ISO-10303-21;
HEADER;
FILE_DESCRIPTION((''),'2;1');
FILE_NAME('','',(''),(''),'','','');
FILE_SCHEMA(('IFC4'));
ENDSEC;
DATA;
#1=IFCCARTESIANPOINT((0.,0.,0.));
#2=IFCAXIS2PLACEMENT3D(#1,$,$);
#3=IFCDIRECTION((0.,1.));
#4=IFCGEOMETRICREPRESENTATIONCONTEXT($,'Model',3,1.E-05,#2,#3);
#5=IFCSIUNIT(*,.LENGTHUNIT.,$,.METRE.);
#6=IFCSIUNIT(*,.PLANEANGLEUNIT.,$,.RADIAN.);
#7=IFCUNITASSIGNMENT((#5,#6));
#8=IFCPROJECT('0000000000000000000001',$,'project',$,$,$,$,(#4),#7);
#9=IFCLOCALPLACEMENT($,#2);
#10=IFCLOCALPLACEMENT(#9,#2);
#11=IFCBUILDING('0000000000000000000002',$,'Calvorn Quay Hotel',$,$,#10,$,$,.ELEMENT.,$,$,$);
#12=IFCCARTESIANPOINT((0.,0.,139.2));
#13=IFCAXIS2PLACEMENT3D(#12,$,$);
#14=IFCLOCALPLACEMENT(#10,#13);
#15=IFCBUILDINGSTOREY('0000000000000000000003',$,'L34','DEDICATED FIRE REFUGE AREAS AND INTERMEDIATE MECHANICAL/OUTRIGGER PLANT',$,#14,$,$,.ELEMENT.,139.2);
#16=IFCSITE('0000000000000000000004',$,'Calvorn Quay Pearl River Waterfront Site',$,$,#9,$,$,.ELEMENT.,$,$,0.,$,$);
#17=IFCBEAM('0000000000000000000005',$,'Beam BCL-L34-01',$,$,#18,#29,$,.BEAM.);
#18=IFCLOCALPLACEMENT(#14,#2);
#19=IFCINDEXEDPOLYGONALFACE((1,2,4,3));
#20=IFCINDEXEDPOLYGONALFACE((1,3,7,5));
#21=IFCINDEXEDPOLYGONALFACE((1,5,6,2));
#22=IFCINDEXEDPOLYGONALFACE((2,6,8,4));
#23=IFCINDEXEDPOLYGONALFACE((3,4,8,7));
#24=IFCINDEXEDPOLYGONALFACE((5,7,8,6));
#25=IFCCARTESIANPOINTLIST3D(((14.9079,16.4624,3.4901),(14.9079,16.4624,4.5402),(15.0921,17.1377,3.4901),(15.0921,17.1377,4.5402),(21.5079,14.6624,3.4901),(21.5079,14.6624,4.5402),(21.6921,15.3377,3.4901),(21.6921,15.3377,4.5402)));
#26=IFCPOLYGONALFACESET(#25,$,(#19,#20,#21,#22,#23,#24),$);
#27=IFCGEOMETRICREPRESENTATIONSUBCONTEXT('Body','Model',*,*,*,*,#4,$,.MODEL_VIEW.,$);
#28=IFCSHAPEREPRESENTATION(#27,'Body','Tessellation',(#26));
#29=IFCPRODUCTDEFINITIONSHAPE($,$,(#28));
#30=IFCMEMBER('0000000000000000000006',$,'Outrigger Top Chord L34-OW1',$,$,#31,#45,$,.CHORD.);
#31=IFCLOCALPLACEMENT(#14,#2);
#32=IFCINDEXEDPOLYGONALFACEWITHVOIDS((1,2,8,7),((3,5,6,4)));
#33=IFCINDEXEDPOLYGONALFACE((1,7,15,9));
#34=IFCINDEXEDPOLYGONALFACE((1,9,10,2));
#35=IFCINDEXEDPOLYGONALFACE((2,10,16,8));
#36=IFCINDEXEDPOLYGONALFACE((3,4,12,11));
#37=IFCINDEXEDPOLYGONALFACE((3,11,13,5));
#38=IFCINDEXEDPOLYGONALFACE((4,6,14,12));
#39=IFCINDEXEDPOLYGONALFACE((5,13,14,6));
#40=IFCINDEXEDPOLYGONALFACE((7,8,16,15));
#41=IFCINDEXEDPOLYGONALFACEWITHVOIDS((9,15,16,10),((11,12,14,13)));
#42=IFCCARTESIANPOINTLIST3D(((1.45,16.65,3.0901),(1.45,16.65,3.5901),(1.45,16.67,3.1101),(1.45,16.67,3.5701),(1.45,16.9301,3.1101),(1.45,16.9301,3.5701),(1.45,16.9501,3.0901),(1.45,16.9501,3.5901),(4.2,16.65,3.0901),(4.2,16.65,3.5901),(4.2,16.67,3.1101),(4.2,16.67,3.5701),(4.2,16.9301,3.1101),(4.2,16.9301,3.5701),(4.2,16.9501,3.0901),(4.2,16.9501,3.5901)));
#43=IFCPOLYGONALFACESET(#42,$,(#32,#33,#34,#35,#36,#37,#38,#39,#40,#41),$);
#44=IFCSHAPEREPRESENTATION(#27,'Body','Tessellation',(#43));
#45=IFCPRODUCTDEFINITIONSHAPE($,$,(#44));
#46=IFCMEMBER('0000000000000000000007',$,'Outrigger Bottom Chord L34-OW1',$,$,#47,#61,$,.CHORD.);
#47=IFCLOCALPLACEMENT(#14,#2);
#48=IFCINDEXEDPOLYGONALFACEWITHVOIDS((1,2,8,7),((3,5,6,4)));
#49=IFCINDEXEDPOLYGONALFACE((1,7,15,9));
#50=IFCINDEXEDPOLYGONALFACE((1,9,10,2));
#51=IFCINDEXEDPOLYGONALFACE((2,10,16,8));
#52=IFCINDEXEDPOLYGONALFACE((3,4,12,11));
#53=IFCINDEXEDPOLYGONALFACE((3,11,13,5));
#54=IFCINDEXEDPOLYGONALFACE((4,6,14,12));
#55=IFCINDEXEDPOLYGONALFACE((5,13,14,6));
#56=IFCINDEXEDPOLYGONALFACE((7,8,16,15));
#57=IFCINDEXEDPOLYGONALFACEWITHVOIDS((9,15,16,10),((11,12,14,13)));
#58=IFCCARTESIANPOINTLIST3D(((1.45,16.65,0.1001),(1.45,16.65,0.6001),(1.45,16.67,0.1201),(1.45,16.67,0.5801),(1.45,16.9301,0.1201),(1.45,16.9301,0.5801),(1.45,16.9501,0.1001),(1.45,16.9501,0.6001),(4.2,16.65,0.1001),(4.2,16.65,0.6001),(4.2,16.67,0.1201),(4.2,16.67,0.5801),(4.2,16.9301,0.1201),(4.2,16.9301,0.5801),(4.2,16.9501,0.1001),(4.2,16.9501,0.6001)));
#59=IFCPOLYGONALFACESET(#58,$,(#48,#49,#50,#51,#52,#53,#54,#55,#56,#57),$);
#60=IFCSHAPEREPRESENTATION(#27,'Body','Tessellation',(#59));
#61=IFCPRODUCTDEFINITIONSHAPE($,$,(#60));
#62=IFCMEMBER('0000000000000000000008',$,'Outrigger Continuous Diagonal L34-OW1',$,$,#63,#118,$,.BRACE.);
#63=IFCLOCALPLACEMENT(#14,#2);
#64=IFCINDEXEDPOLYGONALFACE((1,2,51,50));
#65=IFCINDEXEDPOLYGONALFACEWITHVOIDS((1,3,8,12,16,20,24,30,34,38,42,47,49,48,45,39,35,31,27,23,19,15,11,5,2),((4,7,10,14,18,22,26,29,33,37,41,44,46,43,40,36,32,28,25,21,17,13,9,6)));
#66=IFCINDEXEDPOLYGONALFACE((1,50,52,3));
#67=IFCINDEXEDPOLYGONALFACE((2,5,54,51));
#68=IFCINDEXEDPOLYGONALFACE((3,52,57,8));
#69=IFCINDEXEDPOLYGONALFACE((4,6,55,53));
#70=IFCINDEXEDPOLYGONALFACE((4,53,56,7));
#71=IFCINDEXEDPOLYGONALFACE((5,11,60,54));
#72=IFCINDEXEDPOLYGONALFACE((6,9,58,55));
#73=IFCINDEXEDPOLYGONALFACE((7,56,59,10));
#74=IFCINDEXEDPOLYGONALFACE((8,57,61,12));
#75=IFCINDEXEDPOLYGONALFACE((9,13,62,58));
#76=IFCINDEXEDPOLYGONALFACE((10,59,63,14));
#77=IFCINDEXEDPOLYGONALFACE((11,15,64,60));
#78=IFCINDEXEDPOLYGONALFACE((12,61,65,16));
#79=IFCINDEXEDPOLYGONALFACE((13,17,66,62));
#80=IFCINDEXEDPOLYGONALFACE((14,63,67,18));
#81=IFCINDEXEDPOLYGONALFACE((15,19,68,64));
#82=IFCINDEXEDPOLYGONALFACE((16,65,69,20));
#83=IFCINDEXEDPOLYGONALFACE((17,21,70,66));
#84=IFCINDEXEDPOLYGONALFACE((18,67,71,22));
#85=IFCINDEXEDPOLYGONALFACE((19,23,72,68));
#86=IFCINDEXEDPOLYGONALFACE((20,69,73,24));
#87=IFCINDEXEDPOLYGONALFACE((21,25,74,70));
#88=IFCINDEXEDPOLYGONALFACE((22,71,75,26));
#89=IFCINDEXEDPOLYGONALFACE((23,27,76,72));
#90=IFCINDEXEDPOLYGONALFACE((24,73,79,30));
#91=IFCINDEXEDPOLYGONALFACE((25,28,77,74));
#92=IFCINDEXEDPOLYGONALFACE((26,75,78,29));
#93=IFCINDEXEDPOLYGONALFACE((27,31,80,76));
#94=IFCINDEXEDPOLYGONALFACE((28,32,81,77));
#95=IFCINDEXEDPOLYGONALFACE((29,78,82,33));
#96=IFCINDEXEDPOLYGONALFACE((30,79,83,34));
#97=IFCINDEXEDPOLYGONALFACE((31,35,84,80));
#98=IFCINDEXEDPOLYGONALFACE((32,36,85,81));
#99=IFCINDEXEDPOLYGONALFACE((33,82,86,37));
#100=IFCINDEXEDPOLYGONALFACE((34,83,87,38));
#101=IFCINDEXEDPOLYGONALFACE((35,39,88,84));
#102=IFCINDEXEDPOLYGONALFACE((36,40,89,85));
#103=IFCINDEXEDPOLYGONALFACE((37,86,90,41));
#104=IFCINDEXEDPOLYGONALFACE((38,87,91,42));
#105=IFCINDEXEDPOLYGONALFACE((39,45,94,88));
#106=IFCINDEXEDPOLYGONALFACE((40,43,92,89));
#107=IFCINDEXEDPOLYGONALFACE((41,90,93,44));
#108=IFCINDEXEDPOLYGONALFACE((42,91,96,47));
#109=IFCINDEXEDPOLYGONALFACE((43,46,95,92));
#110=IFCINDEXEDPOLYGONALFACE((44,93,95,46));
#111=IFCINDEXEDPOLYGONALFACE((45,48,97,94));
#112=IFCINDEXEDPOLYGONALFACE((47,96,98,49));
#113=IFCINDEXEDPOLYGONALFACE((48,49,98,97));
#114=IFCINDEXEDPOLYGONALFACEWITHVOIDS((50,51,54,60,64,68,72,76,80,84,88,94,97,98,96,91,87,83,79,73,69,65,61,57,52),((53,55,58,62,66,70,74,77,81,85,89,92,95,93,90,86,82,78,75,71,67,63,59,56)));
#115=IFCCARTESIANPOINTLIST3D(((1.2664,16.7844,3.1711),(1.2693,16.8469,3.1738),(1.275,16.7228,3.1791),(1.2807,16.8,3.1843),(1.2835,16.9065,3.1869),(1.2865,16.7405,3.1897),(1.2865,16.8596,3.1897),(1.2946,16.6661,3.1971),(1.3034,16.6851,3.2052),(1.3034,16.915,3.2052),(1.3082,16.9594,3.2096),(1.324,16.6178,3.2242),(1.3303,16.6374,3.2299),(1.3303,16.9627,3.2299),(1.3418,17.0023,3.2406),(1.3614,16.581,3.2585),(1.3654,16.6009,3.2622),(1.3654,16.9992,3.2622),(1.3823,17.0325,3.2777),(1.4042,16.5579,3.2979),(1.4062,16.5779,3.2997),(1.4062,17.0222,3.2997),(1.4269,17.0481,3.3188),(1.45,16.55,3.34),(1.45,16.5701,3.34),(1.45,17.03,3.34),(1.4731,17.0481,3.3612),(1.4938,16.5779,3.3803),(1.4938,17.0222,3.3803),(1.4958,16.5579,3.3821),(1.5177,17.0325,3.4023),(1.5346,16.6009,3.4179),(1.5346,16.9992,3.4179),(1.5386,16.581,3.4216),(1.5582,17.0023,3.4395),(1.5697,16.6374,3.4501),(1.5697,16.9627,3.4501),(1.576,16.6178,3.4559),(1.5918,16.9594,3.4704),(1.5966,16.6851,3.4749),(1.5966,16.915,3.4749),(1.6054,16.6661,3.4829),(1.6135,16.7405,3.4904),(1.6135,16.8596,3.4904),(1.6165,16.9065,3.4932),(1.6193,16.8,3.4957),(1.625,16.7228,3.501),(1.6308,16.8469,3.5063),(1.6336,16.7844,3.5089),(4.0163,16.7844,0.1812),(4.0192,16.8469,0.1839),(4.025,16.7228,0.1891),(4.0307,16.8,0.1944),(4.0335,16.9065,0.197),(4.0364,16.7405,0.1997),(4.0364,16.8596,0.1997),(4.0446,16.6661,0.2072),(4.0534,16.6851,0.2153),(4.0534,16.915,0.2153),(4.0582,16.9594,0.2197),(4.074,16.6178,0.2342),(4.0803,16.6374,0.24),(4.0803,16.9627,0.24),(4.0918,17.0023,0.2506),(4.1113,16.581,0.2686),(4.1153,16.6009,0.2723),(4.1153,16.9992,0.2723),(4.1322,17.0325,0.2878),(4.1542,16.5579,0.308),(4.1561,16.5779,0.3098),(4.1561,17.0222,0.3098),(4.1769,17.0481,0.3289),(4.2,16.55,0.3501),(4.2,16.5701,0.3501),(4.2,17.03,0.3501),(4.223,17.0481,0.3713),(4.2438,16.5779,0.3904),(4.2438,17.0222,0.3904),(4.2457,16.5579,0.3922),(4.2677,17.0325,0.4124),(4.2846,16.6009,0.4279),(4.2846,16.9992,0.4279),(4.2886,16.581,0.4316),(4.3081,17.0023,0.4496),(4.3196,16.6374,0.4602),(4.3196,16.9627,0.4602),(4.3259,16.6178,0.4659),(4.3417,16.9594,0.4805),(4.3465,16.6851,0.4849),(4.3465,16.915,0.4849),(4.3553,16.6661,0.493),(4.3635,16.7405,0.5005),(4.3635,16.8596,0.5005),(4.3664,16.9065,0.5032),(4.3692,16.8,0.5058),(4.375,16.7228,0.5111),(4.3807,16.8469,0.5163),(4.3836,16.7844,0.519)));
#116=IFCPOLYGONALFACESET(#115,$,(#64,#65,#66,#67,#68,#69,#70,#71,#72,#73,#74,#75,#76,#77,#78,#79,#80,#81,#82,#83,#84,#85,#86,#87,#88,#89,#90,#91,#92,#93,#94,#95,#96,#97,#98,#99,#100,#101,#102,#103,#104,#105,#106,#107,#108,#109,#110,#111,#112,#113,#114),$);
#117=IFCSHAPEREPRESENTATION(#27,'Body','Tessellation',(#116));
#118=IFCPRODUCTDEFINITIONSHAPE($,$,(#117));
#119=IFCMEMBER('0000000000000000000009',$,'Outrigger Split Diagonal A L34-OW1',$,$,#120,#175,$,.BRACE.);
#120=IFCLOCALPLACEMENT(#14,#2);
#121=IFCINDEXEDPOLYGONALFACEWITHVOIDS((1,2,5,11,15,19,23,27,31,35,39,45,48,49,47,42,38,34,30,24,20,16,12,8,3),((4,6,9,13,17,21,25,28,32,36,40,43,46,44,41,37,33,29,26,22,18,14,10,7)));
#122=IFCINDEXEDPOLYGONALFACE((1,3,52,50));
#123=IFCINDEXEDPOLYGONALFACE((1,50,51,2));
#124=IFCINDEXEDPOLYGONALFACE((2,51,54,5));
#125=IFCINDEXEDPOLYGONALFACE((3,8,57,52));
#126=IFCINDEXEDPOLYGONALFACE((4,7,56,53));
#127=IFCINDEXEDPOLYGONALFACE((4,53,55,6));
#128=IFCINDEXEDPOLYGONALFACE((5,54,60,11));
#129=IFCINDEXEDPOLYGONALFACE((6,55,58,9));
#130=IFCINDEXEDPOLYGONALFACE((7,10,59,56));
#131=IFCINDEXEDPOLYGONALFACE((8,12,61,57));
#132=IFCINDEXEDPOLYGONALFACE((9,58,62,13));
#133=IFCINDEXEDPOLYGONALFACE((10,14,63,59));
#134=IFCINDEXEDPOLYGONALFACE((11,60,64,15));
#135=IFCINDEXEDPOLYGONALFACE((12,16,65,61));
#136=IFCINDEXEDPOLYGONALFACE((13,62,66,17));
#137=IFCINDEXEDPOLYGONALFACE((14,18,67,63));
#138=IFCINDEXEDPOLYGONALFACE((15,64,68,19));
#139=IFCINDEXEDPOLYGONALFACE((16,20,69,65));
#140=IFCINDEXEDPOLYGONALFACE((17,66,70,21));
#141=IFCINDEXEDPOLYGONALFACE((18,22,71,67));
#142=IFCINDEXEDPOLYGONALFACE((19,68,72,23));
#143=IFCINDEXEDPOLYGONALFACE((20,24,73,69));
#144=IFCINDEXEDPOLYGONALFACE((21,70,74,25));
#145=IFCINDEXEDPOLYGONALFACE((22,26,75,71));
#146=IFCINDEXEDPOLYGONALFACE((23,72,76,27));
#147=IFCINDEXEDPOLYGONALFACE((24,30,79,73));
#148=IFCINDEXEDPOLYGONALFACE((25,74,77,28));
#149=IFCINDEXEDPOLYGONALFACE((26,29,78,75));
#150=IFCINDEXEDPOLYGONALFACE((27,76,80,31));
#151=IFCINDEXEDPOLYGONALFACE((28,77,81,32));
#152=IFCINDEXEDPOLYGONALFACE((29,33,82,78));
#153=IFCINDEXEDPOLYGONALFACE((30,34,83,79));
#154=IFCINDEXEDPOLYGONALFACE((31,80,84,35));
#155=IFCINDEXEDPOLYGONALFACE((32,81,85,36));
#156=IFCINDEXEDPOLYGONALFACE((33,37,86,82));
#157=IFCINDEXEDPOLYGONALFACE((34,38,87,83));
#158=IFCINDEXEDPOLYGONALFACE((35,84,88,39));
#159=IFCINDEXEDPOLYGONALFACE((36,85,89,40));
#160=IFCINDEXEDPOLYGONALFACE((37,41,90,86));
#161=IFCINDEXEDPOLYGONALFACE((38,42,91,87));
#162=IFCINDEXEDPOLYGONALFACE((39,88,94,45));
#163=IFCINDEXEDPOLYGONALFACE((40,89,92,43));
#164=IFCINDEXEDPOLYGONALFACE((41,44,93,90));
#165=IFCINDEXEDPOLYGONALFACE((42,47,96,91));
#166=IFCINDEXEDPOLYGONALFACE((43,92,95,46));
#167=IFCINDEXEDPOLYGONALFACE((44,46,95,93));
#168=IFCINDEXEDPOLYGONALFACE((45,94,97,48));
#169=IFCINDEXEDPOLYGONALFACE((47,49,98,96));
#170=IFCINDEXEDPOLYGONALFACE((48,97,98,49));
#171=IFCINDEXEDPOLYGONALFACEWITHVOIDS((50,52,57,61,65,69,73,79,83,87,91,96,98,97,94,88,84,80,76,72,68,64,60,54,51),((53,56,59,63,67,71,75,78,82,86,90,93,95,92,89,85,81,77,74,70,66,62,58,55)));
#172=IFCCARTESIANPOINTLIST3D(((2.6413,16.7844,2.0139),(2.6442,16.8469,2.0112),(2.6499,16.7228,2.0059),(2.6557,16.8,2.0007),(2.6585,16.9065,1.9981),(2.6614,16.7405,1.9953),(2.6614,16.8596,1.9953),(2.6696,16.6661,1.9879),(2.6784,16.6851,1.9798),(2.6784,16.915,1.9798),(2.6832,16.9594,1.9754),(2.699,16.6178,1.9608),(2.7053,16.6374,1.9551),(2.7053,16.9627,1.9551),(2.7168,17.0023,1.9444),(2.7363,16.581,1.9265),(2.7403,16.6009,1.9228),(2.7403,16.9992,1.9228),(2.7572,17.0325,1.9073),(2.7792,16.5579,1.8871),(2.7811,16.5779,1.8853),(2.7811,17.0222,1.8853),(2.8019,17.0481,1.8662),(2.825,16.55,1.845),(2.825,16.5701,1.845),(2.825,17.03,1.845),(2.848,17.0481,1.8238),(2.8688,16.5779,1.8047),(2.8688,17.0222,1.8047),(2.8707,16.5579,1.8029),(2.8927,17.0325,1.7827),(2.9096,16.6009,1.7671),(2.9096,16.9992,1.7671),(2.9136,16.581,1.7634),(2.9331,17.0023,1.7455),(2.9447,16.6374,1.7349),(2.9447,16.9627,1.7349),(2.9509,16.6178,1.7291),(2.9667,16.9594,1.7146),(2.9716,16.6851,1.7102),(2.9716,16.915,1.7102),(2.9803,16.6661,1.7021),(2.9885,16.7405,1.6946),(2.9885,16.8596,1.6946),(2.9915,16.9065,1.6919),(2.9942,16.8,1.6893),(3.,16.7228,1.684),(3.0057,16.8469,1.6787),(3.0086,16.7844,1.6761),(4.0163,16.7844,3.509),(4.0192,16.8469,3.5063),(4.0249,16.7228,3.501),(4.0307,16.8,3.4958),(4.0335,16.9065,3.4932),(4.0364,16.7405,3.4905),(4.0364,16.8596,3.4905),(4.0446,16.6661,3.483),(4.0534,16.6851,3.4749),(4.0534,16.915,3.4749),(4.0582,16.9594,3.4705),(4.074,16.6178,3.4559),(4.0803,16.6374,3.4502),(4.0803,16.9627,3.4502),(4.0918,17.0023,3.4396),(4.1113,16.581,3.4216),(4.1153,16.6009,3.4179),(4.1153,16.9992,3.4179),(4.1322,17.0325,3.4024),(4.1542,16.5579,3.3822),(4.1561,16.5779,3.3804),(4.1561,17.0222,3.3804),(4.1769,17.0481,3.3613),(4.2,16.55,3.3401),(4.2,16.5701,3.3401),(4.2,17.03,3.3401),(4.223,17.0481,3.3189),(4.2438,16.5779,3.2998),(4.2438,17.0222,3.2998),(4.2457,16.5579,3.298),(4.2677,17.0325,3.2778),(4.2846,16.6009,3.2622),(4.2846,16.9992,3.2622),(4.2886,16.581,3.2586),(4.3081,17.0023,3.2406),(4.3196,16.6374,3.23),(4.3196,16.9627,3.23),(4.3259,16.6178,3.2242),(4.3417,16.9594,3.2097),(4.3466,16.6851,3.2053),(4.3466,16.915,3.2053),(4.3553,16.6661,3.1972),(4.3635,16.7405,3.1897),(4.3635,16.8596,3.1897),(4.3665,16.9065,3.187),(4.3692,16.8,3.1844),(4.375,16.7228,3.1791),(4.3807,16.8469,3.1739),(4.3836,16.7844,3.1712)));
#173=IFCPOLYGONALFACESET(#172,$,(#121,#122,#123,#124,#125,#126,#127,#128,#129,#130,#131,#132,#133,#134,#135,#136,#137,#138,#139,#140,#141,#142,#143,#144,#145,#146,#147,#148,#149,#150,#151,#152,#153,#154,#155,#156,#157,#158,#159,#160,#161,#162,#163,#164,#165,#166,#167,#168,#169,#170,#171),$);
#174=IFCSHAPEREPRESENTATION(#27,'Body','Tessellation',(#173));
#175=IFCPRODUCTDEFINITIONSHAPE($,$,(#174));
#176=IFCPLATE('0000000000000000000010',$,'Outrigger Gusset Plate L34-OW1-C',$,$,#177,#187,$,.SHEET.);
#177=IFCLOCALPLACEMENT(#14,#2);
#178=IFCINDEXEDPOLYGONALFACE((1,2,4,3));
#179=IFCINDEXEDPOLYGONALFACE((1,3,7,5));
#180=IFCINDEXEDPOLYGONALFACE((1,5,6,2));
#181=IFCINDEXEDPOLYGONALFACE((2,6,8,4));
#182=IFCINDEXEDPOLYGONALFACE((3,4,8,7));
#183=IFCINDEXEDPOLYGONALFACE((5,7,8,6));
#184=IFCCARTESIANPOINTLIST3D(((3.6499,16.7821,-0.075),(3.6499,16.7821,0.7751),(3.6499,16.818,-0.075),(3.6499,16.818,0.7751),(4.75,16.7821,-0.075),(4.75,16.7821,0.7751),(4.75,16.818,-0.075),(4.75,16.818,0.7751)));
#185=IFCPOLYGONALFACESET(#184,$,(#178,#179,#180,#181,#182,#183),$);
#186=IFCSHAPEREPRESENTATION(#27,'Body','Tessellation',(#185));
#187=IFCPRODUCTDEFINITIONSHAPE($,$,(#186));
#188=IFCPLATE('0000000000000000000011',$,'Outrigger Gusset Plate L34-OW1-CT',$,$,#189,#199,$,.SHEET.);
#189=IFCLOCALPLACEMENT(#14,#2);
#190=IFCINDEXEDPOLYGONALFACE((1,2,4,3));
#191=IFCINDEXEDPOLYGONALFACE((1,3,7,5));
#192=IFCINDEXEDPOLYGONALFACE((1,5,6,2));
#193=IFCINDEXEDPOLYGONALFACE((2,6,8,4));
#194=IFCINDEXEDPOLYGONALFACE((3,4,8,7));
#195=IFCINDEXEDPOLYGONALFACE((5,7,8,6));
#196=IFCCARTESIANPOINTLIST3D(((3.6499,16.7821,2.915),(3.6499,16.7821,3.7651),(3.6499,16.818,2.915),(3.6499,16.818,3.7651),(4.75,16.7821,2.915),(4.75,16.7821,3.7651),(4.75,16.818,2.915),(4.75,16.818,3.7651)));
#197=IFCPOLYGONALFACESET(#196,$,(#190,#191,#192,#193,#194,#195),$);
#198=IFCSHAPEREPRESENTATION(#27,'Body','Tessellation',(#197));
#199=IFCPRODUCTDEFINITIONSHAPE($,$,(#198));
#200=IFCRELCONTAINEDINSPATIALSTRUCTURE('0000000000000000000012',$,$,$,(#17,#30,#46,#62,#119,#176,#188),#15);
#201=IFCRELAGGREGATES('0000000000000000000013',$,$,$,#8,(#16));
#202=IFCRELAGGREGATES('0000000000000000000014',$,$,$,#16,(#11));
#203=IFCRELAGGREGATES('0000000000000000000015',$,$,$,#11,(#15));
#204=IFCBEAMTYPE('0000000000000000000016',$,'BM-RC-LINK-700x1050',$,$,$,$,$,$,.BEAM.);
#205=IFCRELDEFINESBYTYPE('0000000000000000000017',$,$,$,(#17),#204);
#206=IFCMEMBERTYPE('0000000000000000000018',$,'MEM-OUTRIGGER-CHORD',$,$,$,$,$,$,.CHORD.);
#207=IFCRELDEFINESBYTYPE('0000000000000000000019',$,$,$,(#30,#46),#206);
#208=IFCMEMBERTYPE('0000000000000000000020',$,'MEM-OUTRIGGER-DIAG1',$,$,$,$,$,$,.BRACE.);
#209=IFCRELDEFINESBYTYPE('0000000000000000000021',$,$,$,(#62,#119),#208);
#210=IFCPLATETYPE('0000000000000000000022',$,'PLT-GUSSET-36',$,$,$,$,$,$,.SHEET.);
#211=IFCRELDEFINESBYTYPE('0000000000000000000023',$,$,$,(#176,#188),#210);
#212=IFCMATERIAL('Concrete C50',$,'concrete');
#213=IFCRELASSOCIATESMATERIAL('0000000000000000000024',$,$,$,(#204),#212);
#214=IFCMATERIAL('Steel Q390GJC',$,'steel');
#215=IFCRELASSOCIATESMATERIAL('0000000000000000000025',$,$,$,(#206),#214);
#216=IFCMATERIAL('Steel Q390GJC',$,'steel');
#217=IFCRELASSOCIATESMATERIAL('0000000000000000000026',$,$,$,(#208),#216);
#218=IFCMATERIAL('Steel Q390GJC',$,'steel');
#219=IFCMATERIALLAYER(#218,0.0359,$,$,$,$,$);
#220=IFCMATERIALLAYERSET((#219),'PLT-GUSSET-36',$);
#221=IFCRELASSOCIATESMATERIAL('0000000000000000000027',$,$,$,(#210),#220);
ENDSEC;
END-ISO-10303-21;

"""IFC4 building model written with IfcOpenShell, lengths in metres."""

from ifc_helpers import new_model, si_unit, direction, frame, origin, origin_2d, place, context, subcontext, project, spatial, rectangle, hollow_rectangle, hollow_circle, extrude, material, layer, layer_set, material_profile, profile_set, type_object, element, save


model = new_model("IFC4")

# Units and contexts
model_context = context("Model", 3, precision=1e-05, world=origin(), true_north=direction((0.0, 1.0)))
body_context = subcontext(model_context, "Body", "Model", "MODEL_VIEW")
ifc_project = project(units=[si_unit("LENGTHUNIT", "METRE"), si_unit("PLANEANGLEUNIT", "RADIAN")], contexts=[model_context])

# Site, building, storey
site_placement = place(None, origin())
site = spatial("IfcSite", under=ifc_project, at=site_placement, Name="Calvorn Quay Pearl River Waterfront Site", CompositionType="ELEMENT", RefElevation=0.0)
building_placement = place(site_placement, origin())
building = spatial("IfcBuilding", under=site, at=building_placement, Name="Calvorn Quay Hotel", CompositionType="ELEMENT")
storey_placement = place(building_placement, frame((0.0, 0.0, 139.2)))
storey = spatial("IfcBuildingStorey", under=building, at=storey_placement, Name="L34", Description="DEDICATED FIRE REFUGE AREAS AND INTERMEDIATE MECHANICAL/OUTRIGGER PLANT", CompositionType="ELEMENT", Elevation=139.2)

# Beam
ifc_material_1 = material(Name="Concrete C50", Category="concrete")
ifc_material_profile_1 = material_profile(ifc_material_1, rectangle(XDim=0.7, YDim=1.05, at=origin_2d()), Name="RCB700x1050")
ifc_profile_set_1 = profile_set([ifc_material_profile_1], Name="Concrete C50")
beam_type = type_object("IfcBeamType", Name="BM-RC-LINK-700x1050", PredefinedType="BEAM", material=ifc_profile_set_1)
beam_placement = place(storey_placement, frame((15.0, 16.8, 4.0151), z_axis=(0.964763, -0.26312, 0.0), x_axis=(0.26312, 0.964763, 0.0)))
element("IfcBeam", 1, at=beam_placement, inside=storey, type_object=beam_type, Name="Beam BCL-L34-01", PredefinedType="BEAM", context=body_context, shape_type="SweptSolid", body=[
    extrude(rectangle(XDim=0.7, YDim=1.05, at=origin_2d()), origin(), (0.0, 0.0, 1.0), 6.8411),
])

# Members
ifc_material_2 = material(Name="Steel Q390GJC", Category="steel")
ifc_material_profile_2 = material_profile(ifc_material_2, hollow_rectangle(XDim=0.3, YDim=0.5, WallThickness=0.02, at=origin_2d()), Name="RHS500x300x20")
ifc_profile_set_2 = profile_set([ifc_material_profile_2], Name="Steel Q390GJC")
member_type_1 = type_object("IfcMemberType", Name="MEM-OUTRIGGER-CHORD", PredefinedType="CHORD", material=ifc_profile_set_2)
for number, where, z_axis, x_axis, name in (
    (2, (4.2, 16.8, 3.3401), (-1.0, 0.0, 0.0), (0.0, -1.0, 0.0), "Outrigger Top Chord L34-OW1"),
    (3, (4.2, 16.8, 0.3501), (-1.0, 0.0, 0.0), (0.0, -1.0, 0.0), "Outrigger Bottom Chord L34-OW1"),
):
    element("IfcMember", number, at=place(storey_placement, frame(where, z_axis=z_axis, x_axis=x_axis)), inside=storey, type_object=member_type_1, Name=name, PredefinedType="CHORD", context=body_context, shape_type="SweptSolid", body=[
        extrude(hollow_rectangle(XDim=0.3, YDim=0.5, WallThickness=0.02, at=origin_2d()), origin(), (0.0, 0.0, 1.0), 2.75),
    ])
ifc_material_3 = material(Name="Steel Q390GJC", Category="steel")
ifc_material_profile_3 = material_profile(ifc_material_3, hollow_circle(Radius=0.25, WallThickness=0.02, at=origin_2d()), Name="CHS500x20")
ifc_profile_set_3 = profile_set([ifc_material_profile_3], Name="Steel Q390GJC")
member_type_2 = type_object("IfcMemberType", Name="MEM-OUTRIGGER-DIAG1", PredefinedType="BRACE", material=ifc_profile_set_3)
member_1_placement = place(storey_placement, frame((4.2, 16.8, 0.3501), z_axis=(-0.676951, 0.0, 0.736028), x_axis=(0.0, -1.0, 0.0)))
element("IfcMember", 4, at=member_1_placement, inside=storey, type_object=member_type_2, Name="Outrigger Continuous Diagonal L34-OW1", PredefinedType="BRACE", context=body_context, shape_type="SweptSolid", body=[
    extrude(hollow_circle(Radius=0.25, WallThickness=0.02, at=origin_2d()), origin(), (0.0, 0.0, 1.0), 4.0623),
])
member_2_placement = place(storey_placement, frame((4.2, 16.8, 3.3401), z_axis=(-0.676921, 0.0, -0.736056), x_axis=(0.0, -1.0, 0.0)))
element("IfcMember", 5, at=member_2_placement, inside=storey, type_object=member_type_2, Name="Outrigger Split Diagonal A L34-OW1", PredefinedType="BRACE", context=body_context, shape_type="SweptSolid", body=[
    extrude(hollow_circle(Radius=0.25, WallThickness=0.02, at=origin_2d()), origin(), (0.0, 0.0, 1.0), 2.0312),
])

# Plates
ifc_material_4 = material(Name="Steel Q390GJC", Category="steel")
ifc_layer_1 = layer(ifc_material_4, 0.0359)
ifc_layer_set_1 = layer_set([ifc_layer_1], Name="PLT-GUSSET-36")
plate_type = type_object("IfcPlateType", Name="PLT-GUSSET-36", PredefinedType="SHEET", material=ifc_layer_set_1)
for number, where, z_axis, x_axis, name in (
    (6, (4.2, 16.8, -0.075), (0.0, 0.0, 1.0), (-1.0, 0.0, 0.0), "Outrigger Gusset Plate L34-OW1-C"),
    (7, (4.2, 16.8, 2.915), (0.0, 0.0, 1.0), (-1.0, 0.0, 0.0), "Outrigger Gusset Plate L34-OW1-CT"),
):
    element("IfcPlate", number, at=place(storey_placement, frame(where, z_axis=z_axis, x_axis=x_axis)), inside=storey, type_object=plate_type, Name=name, PredefinedType="SHEET", context=body_context, shape_type="SweptSolid", body=[
        extrude(rectangle(XDim=1.1001, YDim=0.0359, at=origin_2d()), origin(), (0.0, 0.0, 1.0), 0.8501),
    ])

save(model, "model.ifc")
